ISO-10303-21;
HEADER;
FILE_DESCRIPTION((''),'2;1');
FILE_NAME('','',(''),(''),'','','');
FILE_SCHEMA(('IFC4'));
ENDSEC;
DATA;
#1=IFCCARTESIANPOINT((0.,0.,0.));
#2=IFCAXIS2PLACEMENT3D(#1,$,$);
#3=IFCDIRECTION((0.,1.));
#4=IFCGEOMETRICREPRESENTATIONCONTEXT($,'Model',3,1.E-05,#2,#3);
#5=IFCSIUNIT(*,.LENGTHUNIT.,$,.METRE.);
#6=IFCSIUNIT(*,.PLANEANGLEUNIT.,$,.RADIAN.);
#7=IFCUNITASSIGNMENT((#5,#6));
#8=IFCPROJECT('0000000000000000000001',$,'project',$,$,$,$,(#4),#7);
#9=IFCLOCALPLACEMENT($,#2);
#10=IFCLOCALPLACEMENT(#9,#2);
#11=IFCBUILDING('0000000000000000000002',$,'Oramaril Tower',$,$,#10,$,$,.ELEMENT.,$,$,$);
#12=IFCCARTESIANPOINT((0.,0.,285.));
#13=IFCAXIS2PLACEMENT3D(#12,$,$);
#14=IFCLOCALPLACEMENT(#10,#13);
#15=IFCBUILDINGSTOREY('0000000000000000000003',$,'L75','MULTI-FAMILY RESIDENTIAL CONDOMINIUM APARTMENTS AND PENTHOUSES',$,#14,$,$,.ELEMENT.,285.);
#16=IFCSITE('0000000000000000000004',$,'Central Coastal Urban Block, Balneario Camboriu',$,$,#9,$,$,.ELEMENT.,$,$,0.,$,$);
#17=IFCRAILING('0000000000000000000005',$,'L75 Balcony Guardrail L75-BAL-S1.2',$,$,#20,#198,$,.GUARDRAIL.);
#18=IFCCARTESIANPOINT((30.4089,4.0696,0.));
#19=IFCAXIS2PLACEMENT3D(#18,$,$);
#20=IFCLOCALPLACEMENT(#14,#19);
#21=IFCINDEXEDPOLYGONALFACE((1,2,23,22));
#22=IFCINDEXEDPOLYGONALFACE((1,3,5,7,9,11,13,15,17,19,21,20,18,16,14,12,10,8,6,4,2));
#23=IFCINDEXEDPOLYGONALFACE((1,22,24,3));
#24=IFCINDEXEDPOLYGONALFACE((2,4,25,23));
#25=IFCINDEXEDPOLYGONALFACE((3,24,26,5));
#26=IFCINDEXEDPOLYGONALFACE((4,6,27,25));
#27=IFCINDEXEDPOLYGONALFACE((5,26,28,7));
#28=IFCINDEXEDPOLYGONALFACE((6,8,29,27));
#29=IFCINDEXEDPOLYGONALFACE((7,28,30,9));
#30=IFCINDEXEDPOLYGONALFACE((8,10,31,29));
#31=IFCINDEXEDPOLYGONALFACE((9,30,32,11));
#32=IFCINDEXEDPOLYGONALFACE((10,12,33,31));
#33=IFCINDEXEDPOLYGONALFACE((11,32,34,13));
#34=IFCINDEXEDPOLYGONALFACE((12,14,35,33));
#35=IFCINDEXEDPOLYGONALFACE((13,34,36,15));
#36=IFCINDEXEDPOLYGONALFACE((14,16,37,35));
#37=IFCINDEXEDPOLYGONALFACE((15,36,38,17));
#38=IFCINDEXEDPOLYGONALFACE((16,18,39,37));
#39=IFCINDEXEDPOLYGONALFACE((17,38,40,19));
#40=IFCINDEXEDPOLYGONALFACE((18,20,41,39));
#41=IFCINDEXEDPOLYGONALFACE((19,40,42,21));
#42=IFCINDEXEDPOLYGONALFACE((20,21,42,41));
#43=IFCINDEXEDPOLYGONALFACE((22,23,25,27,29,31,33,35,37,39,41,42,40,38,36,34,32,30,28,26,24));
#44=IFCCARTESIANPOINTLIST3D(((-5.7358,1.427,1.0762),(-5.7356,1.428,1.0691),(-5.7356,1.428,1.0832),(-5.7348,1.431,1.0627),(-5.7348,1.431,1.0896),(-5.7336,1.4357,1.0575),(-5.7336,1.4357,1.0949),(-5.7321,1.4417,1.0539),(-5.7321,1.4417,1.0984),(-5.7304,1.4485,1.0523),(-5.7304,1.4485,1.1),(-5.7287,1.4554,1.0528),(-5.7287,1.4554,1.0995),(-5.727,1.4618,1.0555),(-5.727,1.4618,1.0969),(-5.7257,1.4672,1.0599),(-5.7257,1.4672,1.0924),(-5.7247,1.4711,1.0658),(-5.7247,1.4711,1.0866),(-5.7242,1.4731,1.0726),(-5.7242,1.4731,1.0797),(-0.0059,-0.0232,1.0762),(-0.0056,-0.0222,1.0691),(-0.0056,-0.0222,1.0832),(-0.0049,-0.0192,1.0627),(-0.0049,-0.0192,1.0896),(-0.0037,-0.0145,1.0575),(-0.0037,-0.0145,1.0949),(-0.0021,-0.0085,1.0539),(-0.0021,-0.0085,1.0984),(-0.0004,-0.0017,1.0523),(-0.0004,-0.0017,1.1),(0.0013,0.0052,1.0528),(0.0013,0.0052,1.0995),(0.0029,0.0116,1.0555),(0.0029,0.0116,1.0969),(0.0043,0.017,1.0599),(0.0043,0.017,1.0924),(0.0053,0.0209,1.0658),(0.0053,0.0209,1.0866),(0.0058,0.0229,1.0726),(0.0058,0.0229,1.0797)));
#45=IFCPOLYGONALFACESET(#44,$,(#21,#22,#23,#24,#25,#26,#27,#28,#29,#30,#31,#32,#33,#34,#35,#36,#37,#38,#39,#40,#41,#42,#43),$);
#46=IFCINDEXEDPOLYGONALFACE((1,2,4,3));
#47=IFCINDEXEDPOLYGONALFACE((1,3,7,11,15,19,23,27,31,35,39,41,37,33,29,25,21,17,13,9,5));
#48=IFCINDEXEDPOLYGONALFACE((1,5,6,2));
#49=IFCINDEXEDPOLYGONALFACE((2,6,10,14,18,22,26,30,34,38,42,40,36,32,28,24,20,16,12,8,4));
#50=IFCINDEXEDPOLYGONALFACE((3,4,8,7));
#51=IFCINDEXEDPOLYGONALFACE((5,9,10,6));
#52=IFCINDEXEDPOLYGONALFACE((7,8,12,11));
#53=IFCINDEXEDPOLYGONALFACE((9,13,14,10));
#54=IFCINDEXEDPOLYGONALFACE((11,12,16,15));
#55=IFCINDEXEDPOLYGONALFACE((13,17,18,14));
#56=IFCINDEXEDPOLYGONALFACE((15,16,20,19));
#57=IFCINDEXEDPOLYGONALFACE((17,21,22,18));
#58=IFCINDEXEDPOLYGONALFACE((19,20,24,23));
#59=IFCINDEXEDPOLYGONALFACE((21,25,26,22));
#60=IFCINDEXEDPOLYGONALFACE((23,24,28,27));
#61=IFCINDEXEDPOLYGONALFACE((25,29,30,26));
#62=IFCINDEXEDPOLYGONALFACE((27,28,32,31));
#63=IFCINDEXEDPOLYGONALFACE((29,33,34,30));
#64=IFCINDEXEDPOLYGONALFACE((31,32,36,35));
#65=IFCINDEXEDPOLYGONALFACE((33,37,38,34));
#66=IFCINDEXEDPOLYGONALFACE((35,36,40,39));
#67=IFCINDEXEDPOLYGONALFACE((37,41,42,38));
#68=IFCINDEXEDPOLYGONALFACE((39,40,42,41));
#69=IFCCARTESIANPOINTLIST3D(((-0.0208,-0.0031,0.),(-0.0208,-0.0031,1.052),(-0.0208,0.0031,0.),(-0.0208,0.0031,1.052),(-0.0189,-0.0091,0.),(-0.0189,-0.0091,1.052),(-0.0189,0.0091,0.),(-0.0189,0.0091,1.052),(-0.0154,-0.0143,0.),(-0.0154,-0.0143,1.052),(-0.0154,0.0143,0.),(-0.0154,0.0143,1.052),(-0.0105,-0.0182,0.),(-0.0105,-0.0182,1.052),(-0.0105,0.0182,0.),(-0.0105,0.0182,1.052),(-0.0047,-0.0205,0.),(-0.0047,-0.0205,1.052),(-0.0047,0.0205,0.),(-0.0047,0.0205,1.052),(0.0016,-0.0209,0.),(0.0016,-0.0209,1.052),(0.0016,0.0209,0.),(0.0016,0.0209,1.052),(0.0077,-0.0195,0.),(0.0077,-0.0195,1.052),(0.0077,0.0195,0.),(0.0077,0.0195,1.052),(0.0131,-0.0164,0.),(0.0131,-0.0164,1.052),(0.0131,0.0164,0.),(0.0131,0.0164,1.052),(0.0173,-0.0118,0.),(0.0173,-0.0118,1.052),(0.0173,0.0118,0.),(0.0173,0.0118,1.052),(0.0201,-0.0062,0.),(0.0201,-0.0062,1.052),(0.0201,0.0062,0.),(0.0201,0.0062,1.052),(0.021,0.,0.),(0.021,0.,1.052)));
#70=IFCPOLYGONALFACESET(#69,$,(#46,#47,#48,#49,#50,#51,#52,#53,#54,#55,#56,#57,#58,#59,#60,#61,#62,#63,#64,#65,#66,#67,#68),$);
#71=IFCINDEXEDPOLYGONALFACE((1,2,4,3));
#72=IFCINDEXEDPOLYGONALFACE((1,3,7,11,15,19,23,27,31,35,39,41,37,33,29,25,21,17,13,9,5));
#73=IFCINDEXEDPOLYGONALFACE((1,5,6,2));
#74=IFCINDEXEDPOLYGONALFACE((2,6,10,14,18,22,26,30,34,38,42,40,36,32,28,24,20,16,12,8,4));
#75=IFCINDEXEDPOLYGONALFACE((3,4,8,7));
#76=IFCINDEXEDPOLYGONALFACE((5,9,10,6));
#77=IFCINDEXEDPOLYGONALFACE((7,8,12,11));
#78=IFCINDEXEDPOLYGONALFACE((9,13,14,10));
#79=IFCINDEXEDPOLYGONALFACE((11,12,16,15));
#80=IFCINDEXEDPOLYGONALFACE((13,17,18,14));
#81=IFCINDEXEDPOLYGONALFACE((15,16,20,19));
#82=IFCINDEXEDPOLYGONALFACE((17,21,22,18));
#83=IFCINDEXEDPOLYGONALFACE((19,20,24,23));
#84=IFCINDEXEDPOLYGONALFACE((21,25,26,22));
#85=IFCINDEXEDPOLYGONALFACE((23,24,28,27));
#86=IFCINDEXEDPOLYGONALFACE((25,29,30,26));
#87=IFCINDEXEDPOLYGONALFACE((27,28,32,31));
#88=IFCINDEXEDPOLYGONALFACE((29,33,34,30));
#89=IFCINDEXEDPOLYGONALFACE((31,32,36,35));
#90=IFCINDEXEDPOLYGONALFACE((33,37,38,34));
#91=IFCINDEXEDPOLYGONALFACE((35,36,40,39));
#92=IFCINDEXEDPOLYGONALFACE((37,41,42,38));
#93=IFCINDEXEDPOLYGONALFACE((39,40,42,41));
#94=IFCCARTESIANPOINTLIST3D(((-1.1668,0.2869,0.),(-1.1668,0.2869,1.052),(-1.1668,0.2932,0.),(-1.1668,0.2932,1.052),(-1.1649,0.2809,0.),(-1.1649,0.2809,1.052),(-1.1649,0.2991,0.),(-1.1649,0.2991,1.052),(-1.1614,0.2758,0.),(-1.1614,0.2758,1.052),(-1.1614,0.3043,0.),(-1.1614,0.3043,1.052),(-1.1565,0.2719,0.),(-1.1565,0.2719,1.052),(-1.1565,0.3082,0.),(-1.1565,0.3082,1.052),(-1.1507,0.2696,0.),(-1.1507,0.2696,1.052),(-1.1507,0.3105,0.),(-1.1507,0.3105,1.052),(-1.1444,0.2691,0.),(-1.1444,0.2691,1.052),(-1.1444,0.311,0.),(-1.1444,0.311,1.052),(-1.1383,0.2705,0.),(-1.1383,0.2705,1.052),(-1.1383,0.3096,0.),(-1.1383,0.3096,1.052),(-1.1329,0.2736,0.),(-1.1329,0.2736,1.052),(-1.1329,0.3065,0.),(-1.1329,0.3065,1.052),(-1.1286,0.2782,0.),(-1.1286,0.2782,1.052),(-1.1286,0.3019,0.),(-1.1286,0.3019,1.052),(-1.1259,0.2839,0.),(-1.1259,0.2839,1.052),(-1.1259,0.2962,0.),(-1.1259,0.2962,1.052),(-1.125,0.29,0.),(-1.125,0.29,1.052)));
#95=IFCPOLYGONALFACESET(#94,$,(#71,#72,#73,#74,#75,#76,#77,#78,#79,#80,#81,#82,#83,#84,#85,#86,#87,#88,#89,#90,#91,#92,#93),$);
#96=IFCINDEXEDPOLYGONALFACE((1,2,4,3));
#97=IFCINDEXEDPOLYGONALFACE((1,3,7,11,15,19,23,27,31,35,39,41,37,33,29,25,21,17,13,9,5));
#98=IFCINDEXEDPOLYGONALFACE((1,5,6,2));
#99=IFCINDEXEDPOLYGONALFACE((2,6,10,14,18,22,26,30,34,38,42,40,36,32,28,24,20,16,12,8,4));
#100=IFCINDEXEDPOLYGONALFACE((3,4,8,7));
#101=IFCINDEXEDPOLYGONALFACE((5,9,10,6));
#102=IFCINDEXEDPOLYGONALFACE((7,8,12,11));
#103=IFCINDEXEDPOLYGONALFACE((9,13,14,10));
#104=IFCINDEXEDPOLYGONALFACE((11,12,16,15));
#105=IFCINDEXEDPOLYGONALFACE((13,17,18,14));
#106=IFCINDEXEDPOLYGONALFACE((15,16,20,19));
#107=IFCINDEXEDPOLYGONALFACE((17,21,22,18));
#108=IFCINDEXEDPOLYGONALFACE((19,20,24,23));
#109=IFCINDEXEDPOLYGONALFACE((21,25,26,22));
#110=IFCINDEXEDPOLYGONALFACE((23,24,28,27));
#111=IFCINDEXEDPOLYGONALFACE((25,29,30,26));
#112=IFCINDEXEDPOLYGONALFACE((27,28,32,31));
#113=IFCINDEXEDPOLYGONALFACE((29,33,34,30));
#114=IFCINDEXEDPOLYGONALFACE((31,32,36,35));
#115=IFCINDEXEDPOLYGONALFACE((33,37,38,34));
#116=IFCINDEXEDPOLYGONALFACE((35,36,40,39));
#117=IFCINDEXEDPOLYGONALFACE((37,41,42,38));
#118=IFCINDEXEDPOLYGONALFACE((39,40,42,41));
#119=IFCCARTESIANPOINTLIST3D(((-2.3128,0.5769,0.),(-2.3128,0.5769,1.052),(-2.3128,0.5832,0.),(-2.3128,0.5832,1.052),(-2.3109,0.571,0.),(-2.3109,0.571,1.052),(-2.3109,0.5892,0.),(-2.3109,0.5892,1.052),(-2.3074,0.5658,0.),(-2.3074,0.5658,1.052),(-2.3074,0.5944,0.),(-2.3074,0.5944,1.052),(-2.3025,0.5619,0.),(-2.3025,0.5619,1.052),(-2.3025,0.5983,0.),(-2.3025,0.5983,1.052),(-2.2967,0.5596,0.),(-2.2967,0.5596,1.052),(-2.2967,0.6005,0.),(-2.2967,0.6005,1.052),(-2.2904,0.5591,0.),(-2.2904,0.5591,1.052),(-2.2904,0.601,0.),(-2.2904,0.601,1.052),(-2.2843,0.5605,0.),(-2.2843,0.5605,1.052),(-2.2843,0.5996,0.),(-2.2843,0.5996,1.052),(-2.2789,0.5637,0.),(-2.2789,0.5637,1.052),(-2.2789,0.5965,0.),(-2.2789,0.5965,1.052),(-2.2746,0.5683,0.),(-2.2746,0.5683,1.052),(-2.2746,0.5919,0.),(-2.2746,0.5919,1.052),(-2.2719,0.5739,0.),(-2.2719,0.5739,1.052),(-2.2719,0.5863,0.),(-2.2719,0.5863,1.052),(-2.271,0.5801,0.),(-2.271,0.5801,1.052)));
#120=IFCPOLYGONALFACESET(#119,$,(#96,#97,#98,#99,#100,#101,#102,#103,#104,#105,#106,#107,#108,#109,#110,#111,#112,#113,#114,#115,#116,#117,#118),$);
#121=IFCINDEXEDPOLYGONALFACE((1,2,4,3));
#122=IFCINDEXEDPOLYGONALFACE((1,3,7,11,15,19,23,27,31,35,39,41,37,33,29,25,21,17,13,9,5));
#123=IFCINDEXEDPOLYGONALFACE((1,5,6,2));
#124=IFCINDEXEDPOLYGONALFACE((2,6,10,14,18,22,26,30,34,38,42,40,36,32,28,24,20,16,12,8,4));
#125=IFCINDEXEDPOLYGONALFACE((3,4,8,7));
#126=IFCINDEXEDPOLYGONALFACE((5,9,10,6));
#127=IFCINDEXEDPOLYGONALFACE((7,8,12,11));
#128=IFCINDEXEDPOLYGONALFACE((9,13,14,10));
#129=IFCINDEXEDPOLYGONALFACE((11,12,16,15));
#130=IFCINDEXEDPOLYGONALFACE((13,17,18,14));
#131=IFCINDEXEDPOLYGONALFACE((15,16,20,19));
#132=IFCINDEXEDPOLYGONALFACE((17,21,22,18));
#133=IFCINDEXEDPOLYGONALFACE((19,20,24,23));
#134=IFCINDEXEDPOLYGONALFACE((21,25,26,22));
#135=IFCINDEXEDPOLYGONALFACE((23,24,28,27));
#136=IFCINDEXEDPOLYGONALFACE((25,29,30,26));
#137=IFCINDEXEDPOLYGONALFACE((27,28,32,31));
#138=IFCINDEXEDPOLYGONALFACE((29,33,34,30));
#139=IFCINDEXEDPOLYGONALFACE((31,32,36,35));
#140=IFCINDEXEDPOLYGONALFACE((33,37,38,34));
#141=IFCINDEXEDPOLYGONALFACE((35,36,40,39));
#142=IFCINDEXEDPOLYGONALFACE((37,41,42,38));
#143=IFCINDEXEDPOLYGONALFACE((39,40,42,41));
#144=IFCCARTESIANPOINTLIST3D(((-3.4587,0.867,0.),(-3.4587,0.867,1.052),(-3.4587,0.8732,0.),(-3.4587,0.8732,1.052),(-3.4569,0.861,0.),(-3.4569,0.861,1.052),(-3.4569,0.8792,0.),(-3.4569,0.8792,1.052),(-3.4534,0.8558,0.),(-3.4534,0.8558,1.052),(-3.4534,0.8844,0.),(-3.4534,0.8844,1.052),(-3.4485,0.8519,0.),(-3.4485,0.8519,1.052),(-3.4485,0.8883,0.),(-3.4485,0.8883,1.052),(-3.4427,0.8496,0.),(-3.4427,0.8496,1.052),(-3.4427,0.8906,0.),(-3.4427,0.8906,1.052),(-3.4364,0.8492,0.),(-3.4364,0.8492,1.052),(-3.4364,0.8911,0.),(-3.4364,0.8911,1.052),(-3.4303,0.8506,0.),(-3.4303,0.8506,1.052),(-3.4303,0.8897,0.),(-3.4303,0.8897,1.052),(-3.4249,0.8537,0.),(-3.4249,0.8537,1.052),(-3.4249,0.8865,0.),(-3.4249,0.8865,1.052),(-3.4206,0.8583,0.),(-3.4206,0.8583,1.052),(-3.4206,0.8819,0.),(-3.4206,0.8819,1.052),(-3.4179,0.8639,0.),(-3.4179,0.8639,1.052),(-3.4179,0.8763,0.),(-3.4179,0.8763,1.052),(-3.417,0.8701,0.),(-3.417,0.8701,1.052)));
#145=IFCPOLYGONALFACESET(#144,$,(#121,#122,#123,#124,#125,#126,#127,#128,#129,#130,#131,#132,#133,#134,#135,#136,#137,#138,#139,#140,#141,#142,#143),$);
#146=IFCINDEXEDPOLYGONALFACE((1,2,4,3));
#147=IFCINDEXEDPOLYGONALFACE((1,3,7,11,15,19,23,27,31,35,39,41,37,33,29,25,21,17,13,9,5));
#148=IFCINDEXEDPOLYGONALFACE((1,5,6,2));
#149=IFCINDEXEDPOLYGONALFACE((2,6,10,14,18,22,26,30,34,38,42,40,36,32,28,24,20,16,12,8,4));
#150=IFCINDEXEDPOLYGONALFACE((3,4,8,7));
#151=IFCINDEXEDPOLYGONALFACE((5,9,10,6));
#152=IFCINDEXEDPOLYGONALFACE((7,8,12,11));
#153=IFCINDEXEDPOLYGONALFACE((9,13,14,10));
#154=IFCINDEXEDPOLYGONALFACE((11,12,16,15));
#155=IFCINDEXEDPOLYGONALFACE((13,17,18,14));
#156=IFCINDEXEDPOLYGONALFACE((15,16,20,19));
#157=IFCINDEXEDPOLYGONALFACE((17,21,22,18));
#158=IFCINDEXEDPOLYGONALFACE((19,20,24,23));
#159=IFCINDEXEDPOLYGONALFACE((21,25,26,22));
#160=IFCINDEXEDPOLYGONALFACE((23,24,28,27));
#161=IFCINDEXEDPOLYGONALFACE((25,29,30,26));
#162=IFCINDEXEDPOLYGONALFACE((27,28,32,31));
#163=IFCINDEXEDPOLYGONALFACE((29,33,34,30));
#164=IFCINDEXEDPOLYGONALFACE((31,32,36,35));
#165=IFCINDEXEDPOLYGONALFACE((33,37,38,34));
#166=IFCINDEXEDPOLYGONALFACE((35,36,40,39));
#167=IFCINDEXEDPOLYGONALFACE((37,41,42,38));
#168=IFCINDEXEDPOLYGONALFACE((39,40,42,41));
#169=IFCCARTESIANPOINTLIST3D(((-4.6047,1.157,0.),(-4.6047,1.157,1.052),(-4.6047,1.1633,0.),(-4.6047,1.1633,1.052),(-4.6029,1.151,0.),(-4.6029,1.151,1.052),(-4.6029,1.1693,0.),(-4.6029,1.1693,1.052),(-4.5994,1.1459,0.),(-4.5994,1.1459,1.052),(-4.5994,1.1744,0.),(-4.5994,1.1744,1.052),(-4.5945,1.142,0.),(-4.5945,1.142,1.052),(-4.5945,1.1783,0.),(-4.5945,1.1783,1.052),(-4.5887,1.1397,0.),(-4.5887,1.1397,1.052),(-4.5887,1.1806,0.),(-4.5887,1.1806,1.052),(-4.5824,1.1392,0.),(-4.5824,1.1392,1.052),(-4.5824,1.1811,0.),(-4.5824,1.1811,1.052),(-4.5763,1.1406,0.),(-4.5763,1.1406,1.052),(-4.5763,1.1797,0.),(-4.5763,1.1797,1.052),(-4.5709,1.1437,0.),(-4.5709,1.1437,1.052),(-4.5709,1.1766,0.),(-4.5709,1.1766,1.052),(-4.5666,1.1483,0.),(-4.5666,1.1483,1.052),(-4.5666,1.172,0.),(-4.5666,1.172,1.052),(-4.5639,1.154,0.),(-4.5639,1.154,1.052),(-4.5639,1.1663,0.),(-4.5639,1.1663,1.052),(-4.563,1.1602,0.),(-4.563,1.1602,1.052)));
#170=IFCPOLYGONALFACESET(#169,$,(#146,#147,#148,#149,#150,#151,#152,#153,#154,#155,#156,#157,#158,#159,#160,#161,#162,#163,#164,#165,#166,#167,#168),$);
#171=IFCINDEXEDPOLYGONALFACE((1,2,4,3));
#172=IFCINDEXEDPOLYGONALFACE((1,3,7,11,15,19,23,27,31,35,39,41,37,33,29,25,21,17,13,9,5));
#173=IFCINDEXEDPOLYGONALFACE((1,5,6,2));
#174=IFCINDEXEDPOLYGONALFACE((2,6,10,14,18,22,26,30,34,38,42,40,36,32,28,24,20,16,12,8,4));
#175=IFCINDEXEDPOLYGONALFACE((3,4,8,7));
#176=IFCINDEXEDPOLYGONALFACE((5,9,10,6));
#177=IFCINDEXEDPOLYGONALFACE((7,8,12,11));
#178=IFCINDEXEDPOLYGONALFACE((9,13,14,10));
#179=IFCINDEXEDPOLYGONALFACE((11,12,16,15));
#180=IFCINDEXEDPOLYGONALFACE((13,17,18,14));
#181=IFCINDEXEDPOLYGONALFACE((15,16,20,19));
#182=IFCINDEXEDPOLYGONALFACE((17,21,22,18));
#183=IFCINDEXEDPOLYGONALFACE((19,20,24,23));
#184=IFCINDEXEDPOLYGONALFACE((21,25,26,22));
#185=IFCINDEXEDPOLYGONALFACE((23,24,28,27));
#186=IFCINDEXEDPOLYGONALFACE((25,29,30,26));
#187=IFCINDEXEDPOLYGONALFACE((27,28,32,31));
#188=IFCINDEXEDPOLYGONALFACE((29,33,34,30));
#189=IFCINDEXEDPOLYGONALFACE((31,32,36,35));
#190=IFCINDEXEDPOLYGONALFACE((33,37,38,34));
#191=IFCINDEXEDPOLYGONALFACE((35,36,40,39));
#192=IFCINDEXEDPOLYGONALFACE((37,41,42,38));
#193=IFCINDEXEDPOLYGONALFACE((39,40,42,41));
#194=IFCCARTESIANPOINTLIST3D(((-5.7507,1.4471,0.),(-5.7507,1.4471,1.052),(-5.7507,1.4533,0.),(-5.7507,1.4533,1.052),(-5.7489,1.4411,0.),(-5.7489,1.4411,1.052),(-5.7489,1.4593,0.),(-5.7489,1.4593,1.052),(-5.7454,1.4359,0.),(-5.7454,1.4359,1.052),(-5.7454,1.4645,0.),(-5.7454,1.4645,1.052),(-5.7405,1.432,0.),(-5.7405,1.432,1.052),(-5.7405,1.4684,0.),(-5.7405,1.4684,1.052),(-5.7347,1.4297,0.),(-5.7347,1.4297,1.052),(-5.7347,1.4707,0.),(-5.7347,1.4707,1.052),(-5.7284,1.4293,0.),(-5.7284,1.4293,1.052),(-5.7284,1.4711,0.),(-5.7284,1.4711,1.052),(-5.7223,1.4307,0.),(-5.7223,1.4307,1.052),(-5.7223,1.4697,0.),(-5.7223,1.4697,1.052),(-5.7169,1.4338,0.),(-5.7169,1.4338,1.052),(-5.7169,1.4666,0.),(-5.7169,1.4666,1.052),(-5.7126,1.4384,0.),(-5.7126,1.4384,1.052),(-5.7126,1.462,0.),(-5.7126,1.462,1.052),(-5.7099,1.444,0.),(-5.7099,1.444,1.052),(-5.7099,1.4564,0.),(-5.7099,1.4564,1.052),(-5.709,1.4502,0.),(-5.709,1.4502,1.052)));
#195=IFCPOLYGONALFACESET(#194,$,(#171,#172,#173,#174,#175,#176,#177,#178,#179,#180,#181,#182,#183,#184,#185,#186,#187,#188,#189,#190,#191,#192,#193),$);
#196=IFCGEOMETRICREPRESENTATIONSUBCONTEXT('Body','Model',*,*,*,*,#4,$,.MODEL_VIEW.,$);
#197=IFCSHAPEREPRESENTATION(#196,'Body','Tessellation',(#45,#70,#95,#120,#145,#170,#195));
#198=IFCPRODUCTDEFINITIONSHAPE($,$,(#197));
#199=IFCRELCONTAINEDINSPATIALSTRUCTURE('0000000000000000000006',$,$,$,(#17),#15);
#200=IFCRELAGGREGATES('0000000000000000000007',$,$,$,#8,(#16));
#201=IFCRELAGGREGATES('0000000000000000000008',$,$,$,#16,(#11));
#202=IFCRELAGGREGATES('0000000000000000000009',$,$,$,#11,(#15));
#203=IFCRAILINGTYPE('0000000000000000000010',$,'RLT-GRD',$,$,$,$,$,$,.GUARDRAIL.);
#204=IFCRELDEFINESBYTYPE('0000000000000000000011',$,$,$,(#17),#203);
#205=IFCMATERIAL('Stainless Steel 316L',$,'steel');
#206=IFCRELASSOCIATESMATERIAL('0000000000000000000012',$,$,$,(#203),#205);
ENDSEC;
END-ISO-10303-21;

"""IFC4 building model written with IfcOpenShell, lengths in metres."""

from ifc_helpers import new_model, si_unit, direction, frame, origin, origin_2d, place, context, subcontext, project, spatial, circle, extrude, material, type_object, element, save


model = new_model("IFC4")

# Units and contexts
model_context = context("Model", 3, precision=1e-05, world=origin(), true_north=direction((0.0, 1.0)))
body_context = subcontext(model_context, "Body", "Model", "MODEL_VIEW")
ifc_project = project(units=[si_unit("LENGTHUNIT", "METRE"), si_unit("PLANEANGLEUNIT", "RADIAN")], contexts=[model_context])

# Site, building, storey
site_placement = place(None, origin())
site = spatial("IfcSite", under=ifc_project, at=site_placement, Name="Central Coastal Urban Block, Balneario Camboriu", CompositionType="ELEMENT", RefElevation=0.0)
building_placement = place(site_placement, origin())
building = spatial("IfcBuilding", under=site, at=building_placement, Name="Oramaril Tower", CompositionType="ELEMENT")
storey_placement = place(building_placement, frame((0.0, 0.0, 285.0)))
storey = spatial("IfcBuildingStorey", under=building, at=storey_placement, Name="L75", Description="MULTI-FAMILY RESIDENTIAL CONDOMINIUM APARTMENTS AND PENTHOUSES", CompositionType="ELEMENT", Elevation=285.0)

# Railing
ifc_material_1 = material(Name="Stainless Steel 316L", Category="steel")
railing_type = type_object("IfcRailingType", Name="RLT-GRD", PredefinedType="GUARDRAIL", material=ifc_material_1)
railing_1_placement = place(storey_placement, frame((30.4089, 4.0696, 0.0)))
element("IfcRailing", 1, at=railing_1_placement, inside=storey, type_object=railing_type, Name="L75 Balcony Guardrail L75-BAL-S1.2", PredefinedType="GUARDRAIL", context=body_context, shape_type="SweptSolid", body=[
    extrude(circle(Radius=0.0239, at=origin_2d()), frame((0.0, 0.0, 1.0762), z_axis=(-0.969434, 0.245353, 0.0), x_axis=(-0.245353, -0.969434, 0.0)), (0.0, 0.0, 1.0), 5.9106),
    extrude(circle(Radius=0.021, at=origin_2d()), origin(), (0.0, 0.0, 1.0), 1.052),
    extrude(circle(Radius=0.021, at=origin_2d()), frame((-1.146, 0.29, 0.0)), (0.0, 0.0, 1.0), 1.052),
    extrude(circle(Radius=0.021, at=origin_2d()), frame((-2.292, 0.5801, 0.0)), (0.0, 0.0, 1.0), 1.052),
    extrude(circle(Radius=0.021, at=origin_2d()), frame((-3.438, 0.8701, 0.0)), (0.0, 0.0, 1.0), 1.052),
    extrude(circle(Radius=0.021, at=origin_2d()), frame((-4.584, 1.1602, 0.0)), (0.0, 0.0, 1.0), 1.052),
    extrude(circle(Radius=0.021, at=origin_2d()), frame((-5.73, 1.4502, 0.0)), (0.0, 0.0, 1.0), 1.052),
])

save(model, "model.ifc")
